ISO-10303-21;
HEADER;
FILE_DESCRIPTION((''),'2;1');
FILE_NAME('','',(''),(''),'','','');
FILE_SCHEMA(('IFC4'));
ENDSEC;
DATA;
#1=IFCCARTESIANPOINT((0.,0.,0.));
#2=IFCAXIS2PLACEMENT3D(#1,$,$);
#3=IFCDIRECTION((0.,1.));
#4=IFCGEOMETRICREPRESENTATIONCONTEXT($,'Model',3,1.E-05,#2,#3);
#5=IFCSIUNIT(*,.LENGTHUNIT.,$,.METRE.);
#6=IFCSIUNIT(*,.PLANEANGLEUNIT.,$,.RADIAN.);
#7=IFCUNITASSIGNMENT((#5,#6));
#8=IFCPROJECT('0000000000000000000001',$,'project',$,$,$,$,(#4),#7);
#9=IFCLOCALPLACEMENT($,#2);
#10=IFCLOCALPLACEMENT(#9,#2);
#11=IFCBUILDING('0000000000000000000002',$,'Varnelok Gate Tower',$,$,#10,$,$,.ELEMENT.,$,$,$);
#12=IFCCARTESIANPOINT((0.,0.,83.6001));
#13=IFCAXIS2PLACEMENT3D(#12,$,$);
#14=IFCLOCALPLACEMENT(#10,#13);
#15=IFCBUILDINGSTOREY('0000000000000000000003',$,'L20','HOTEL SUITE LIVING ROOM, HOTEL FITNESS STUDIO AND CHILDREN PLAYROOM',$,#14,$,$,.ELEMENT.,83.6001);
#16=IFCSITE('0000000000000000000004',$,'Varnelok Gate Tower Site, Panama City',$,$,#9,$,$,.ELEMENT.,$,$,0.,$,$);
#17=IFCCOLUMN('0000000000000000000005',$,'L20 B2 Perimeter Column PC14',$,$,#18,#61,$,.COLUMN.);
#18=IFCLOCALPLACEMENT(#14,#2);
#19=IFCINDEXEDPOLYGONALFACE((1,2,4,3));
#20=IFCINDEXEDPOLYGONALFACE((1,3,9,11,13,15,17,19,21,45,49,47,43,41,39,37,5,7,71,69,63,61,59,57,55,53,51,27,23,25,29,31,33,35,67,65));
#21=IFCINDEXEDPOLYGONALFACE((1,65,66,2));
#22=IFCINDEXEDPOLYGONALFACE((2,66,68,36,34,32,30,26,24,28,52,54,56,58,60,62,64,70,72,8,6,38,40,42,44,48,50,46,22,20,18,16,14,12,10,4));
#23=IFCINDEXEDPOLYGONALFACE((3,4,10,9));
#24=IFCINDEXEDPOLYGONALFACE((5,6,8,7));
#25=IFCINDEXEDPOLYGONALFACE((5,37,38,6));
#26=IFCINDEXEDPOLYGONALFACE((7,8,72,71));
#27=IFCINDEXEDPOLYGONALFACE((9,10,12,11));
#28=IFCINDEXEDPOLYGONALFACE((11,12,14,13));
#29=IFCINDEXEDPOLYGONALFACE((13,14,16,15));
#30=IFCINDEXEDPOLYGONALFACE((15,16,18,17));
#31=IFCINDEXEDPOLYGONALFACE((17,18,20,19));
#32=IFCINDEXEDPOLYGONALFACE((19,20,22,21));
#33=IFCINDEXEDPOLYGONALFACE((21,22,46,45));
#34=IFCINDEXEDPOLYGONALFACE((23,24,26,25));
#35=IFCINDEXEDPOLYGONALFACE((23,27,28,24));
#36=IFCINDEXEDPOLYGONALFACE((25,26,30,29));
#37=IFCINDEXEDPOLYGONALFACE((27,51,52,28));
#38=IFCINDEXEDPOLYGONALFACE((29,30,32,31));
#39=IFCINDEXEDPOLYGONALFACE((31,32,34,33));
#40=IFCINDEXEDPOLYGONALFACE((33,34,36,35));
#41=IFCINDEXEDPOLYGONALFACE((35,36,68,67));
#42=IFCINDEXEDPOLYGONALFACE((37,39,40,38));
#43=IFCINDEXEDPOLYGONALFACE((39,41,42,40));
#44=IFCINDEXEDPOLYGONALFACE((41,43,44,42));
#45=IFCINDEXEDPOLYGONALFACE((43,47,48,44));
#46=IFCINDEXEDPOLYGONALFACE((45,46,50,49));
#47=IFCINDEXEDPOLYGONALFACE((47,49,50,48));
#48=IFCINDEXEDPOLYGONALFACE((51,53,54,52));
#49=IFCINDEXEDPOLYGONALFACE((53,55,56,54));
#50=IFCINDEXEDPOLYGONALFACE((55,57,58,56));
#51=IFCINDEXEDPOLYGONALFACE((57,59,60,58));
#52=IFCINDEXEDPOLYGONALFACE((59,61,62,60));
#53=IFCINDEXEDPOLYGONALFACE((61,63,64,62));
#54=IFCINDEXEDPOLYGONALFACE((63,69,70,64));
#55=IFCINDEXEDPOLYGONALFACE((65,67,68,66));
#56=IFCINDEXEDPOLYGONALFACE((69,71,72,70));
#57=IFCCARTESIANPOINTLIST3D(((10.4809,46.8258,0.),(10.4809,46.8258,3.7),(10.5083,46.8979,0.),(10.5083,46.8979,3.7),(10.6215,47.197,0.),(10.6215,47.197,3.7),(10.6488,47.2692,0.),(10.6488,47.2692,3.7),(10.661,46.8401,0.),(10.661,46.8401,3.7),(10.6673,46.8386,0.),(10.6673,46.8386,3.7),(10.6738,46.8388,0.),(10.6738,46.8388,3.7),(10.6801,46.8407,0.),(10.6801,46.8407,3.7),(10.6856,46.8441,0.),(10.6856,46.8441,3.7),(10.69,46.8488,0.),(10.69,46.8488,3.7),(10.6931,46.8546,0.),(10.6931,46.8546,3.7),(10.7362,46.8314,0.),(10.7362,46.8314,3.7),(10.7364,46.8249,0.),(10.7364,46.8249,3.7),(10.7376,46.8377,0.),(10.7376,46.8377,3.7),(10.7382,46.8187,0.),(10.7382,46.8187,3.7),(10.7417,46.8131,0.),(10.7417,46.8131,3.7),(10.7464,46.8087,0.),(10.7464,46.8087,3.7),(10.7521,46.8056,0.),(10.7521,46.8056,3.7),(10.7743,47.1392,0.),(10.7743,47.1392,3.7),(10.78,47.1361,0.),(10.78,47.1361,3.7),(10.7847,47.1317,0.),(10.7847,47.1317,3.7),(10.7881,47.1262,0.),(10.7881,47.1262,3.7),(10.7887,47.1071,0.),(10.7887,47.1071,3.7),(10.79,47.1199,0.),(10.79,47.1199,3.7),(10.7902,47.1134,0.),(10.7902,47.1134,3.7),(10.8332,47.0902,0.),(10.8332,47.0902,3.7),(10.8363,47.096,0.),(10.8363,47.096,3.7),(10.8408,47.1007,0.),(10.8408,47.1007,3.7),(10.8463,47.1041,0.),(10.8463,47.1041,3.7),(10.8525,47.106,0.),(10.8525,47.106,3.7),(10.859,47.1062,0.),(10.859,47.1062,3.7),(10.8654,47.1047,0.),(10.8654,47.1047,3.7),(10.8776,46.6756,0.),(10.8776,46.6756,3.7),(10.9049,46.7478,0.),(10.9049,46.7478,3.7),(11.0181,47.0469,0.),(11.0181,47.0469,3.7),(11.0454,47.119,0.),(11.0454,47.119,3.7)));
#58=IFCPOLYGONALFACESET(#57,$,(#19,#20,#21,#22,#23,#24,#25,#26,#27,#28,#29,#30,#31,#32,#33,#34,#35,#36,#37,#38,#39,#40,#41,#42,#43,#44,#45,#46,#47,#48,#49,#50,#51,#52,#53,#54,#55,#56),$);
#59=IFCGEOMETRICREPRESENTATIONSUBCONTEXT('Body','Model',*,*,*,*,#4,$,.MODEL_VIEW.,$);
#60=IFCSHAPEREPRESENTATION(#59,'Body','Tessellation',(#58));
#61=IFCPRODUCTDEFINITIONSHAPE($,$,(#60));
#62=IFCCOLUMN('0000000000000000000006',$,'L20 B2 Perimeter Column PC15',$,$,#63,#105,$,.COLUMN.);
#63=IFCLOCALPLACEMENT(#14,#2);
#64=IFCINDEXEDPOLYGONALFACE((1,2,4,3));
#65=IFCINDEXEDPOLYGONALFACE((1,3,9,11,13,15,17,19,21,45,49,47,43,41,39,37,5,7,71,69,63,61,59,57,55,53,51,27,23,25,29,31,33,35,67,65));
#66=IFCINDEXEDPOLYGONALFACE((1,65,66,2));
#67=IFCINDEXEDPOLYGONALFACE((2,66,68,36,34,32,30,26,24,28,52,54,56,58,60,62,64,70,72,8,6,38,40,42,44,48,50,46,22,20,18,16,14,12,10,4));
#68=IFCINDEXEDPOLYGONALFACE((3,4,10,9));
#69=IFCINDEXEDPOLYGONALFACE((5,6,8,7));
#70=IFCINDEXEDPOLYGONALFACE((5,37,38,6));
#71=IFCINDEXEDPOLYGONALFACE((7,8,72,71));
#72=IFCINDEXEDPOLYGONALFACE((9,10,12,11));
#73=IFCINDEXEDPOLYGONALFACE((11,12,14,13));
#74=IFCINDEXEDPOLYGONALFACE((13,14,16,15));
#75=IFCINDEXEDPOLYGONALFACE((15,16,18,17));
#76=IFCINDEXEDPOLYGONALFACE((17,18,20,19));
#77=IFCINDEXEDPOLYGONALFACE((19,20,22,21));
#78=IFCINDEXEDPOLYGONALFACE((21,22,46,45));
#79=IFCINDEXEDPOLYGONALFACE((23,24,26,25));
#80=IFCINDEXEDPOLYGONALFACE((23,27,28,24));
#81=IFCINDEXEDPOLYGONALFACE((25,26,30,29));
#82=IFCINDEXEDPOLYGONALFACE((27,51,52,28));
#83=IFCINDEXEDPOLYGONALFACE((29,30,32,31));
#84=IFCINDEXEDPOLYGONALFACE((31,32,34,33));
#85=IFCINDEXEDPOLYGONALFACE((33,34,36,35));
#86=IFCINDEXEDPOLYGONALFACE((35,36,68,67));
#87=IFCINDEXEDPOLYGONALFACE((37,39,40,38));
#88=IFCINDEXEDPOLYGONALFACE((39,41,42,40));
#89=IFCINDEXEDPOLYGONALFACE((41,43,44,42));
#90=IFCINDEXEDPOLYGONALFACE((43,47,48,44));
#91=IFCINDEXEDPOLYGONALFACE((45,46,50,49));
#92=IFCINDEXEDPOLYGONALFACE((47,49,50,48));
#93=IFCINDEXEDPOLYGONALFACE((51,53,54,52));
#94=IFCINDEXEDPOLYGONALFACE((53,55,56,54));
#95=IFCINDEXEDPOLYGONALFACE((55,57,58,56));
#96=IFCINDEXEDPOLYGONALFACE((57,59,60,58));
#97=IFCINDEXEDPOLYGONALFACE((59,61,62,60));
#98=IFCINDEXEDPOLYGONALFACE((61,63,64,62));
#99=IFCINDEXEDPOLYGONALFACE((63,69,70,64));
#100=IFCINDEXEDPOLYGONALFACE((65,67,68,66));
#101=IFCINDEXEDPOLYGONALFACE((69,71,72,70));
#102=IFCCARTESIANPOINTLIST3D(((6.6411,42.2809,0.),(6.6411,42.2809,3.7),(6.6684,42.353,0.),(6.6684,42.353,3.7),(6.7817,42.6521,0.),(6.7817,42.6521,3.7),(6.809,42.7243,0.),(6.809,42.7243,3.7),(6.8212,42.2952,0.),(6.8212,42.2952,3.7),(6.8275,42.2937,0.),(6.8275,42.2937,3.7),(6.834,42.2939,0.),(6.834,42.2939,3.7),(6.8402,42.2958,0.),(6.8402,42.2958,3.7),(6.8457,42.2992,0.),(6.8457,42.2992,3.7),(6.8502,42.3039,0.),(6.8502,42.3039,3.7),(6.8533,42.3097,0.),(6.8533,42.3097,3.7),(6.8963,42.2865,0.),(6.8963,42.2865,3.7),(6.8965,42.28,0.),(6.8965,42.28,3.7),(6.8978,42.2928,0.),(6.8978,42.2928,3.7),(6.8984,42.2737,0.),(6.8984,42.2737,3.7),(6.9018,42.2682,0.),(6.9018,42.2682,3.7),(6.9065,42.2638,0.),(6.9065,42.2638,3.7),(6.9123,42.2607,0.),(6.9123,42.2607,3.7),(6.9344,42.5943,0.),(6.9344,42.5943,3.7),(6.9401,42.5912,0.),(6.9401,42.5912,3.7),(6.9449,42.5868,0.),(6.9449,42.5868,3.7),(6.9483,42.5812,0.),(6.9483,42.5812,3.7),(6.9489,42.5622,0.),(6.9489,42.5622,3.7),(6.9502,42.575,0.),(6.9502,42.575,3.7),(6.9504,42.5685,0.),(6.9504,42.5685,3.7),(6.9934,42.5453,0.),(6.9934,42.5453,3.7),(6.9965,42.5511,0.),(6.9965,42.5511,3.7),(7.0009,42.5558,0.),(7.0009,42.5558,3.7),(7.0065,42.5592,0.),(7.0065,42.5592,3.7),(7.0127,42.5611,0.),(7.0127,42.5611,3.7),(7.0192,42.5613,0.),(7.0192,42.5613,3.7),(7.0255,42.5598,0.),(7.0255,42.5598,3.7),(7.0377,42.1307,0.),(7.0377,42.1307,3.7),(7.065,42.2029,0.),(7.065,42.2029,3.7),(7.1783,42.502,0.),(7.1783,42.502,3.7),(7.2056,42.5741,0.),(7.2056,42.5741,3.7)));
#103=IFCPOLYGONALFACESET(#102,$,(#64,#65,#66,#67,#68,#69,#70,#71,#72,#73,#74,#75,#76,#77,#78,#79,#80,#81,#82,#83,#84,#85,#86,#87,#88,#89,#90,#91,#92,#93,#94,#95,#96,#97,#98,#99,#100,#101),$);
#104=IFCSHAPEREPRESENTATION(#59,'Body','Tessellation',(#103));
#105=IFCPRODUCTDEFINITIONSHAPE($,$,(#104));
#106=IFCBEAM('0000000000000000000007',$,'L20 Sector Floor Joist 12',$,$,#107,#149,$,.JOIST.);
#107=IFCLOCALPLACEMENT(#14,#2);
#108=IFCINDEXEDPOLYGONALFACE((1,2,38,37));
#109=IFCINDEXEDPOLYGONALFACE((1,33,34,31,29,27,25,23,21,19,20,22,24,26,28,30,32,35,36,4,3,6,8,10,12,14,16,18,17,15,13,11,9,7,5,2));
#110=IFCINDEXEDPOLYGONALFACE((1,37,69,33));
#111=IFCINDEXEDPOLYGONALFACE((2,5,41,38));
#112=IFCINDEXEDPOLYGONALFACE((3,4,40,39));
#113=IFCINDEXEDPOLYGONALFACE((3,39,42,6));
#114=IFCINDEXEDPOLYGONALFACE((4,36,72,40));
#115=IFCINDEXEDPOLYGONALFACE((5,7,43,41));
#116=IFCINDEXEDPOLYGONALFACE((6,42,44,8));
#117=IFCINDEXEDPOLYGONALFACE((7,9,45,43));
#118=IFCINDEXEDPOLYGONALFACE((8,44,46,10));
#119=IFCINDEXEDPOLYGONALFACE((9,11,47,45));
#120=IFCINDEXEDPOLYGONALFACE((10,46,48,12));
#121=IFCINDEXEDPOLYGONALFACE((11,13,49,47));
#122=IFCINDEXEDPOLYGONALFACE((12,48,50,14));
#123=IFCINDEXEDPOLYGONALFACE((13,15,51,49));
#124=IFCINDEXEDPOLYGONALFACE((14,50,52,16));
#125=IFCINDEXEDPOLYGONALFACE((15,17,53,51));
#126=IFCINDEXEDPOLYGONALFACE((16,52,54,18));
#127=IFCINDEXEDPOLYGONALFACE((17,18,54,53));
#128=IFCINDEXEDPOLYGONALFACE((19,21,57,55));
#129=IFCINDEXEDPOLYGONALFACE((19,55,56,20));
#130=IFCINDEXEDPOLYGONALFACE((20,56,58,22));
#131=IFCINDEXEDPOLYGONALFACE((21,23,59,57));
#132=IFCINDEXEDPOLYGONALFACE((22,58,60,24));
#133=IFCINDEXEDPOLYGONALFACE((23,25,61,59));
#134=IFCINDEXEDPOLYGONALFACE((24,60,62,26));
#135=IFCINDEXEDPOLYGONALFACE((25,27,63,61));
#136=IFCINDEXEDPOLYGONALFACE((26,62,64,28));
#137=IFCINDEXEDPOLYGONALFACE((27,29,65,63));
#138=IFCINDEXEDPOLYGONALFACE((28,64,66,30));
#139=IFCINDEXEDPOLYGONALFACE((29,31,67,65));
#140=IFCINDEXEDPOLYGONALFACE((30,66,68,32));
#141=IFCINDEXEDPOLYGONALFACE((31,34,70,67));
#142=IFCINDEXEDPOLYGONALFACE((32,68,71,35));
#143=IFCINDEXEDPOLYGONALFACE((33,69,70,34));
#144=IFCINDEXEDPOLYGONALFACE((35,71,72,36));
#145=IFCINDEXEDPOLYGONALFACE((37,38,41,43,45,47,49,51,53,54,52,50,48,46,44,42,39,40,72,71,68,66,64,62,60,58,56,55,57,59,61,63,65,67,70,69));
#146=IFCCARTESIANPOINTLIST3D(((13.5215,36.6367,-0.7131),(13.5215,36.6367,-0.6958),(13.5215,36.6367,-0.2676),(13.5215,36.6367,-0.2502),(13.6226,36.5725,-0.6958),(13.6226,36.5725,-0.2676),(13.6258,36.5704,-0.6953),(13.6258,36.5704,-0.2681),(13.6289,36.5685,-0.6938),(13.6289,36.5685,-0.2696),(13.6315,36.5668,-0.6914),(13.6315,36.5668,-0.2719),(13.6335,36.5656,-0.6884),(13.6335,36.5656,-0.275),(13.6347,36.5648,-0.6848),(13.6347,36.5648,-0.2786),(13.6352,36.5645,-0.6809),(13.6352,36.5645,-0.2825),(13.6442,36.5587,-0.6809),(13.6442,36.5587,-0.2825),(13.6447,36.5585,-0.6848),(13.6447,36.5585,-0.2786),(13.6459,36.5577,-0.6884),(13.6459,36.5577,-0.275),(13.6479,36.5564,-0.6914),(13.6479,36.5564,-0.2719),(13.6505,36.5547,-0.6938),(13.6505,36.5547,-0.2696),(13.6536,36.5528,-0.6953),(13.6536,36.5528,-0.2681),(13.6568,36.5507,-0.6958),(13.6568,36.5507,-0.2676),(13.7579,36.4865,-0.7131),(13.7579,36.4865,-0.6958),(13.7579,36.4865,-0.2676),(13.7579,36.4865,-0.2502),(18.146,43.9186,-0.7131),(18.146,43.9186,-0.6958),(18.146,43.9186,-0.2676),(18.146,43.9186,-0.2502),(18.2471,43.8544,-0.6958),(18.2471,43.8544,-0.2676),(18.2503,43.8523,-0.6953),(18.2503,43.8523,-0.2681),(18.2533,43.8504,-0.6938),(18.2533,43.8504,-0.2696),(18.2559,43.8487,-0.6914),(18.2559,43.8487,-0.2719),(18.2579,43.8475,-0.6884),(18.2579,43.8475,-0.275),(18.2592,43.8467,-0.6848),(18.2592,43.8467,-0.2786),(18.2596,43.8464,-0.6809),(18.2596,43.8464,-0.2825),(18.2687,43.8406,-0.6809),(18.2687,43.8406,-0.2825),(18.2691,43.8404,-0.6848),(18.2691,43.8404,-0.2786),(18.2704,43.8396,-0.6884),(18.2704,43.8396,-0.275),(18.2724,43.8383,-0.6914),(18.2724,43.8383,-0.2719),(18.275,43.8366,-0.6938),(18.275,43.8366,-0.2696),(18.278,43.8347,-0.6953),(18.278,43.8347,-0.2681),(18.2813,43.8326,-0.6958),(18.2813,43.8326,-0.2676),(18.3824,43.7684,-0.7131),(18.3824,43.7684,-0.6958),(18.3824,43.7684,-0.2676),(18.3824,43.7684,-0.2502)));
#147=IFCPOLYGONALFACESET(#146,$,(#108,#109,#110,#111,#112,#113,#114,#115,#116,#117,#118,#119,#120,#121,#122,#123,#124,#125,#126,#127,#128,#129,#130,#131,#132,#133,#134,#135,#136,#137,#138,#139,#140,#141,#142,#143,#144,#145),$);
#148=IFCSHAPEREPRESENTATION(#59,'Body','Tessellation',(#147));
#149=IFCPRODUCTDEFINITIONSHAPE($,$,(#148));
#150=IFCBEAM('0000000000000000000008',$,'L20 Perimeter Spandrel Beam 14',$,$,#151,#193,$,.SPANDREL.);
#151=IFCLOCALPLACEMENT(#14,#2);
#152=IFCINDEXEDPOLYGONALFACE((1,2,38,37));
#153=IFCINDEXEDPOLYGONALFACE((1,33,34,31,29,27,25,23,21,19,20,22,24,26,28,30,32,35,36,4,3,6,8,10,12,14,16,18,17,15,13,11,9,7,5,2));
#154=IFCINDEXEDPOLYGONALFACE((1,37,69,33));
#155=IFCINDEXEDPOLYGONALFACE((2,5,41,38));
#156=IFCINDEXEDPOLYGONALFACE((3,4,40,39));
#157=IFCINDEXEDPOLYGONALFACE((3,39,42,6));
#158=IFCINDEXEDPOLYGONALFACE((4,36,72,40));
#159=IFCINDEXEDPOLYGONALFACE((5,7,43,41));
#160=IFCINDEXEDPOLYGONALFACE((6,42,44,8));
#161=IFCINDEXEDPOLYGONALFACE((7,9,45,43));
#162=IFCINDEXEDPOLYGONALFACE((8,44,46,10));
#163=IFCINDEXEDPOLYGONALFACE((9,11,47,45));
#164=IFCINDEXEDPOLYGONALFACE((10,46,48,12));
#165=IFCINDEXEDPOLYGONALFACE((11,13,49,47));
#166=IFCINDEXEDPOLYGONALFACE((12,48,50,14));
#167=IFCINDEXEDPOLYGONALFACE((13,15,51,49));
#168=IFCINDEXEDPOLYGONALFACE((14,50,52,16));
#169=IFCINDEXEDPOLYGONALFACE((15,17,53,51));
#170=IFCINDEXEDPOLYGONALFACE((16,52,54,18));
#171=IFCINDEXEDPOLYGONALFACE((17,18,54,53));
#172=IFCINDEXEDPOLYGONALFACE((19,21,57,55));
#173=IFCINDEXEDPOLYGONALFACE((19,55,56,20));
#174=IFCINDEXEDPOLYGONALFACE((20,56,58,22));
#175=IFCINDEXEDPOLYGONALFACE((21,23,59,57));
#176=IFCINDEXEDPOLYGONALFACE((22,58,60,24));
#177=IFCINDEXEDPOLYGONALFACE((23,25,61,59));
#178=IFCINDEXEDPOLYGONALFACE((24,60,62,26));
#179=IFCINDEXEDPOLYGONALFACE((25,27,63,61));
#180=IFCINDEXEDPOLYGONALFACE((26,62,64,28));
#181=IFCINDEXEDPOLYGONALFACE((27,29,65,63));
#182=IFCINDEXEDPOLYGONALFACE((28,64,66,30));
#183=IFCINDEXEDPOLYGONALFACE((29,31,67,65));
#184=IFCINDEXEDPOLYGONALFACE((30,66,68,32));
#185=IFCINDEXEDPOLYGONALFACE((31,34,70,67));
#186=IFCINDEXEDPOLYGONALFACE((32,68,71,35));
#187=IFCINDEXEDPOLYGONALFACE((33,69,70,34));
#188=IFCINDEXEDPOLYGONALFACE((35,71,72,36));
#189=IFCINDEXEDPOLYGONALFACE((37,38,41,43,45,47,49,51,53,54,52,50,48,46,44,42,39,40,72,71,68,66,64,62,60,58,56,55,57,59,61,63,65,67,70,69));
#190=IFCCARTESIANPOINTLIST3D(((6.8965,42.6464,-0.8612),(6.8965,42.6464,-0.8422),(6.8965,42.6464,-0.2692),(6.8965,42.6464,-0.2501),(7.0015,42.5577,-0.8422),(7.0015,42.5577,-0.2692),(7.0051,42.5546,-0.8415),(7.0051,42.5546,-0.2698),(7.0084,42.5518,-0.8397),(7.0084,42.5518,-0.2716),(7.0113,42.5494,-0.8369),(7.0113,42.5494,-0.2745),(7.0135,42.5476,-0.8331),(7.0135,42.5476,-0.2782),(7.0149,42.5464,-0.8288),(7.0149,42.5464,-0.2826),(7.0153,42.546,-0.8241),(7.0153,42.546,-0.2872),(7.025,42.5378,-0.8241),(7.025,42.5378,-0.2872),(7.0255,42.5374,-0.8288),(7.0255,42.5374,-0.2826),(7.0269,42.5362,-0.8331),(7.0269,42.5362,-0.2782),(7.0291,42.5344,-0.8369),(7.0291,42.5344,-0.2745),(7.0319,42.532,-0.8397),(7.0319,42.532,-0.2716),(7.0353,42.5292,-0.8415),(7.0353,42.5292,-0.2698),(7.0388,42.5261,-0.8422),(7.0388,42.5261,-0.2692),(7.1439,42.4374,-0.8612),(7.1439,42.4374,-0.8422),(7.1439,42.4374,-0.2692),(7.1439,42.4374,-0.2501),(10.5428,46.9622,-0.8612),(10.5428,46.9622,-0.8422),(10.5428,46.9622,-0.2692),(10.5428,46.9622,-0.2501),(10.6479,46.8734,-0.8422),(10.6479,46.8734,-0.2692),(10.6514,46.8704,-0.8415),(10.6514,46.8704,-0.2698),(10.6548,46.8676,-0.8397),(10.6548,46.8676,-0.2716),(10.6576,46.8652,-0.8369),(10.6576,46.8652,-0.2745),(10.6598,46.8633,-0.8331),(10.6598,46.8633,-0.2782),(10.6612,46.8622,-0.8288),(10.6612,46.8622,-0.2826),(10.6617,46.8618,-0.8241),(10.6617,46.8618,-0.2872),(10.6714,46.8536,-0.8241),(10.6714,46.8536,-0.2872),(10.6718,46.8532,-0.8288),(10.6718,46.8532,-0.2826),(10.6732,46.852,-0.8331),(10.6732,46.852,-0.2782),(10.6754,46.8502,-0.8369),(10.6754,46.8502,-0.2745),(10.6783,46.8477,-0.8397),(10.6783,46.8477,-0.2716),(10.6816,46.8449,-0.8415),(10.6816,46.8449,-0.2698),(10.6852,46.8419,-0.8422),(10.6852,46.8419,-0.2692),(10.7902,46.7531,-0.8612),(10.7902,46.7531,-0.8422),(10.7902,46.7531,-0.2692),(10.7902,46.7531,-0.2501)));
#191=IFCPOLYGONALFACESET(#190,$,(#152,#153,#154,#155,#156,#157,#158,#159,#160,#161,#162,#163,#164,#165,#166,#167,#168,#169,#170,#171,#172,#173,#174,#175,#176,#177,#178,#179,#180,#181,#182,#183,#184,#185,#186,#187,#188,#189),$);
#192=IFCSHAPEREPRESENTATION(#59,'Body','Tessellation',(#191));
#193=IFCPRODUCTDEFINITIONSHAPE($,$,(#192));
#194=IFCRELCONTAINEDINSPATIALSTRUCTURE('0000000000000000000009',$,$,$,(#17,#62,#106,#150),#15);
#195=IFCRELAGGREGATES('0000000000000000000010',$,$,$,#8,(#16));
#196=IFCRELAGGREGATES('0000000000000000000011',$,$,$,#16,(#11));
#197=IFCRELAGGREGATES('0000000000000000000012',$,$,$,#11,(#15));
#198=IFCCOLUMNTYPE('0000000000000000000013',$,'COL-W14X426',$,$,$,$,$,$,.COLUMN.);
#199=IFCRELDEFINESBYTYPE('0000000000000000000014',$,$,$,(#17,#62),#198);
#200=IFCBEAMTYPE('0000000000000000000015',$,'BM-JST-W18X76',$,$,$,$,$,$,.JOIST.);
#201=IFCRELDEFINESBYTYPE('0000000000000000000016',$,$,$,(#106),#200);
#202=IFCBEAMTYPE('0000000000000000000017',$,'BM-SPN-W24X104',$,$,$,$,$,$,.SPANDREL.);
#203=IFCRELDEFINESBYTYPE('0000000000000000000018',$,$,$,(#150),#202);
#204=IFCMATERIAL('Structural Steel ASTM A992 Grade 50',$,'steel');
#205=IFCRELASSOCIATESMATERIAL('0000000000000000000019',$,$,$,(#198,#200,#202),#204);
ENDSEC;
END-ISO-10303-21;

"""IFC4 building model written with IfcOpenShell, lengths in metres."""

from ifc_helpers import new_model, si_unit, direction, frame, origin, origin_2d, place, context, subcontext, project, spatial, i_section, extrude, material, material_profile, profile_set, type_object, element, save


model = new_model("IFC4")

# Units and contexts
model_context = context("Model", 3, precision=1e-05, world=origin(), true_north=direction((0.0, 1.0)))
body_context = subcontext(model_context, "Body", "Model", "MODEL_VIEW")
ifc_project = project(units=[si_unit("LENGTHUNIT", "METRE"), si_unit("PLANEANGLEUNIT", "RADIAN")], contexts=[model_context])

# Site, building, storey
site_placement = place(None, origin())
site = spatial("IfcSite", under=ifc_project, at=site_placement, Name="Varnelok Gate Tower Site, Panama City", CompositionType="ELEMENT", RefElevation=0.0)
building_placement = place(site_placement, origin())
building = spatial("IfcBuilding", under=site, at=building_placement, Name="Varnelok Gate Tower", CompositionType="ELEMENT")
storey_placement = place(building_placement, frame((0.0, 0.0, 83.6001)))
storey = spatial("IfcBuildingStorey", under=building, at=storey_placement, Name="L20", Description="HOTEL SUITE LIVING ROOM, HOTEL FITNESS STUDIO AND CHILDREN PLAYROOM", CompositionType="ELEMENT", Elevation=83.6001)

# Columns
ifc_material_1 = material(Name="Structural Steel ASTM A992 Grade 50", Category="steel")
ifc_material_profile_1 = material_profile(ifc_material_1, i_section(OverallWidth=0.4241, OverallDepth=0.4741, WebThickness=0.0476, FlangeThickness=0.0771, FilletRadius=0.0249, at=origin_2d()), Name="W14X426")
ifc_profile_set_1 = profile_set([ifc_material_profile_1], Name="Structural Steel ASTM A992 Grade 50")
column_type = type_object("IfcColumnType", Name="COL-W14X426", PredefinedType="COLUMN", material=ifc_profile_set_1)
for number, where, z_axis, x_axis, name in (
    (1, (10.7632, 46.9724, 0.0), (0.0, 0.0, 1.0), (0.935222, -0.354063, 0.0), "L20 B2 Perimeter Column PC14"),
    (2, (6.9233, 42.4275, 0.0), (0.0, 0.0, 1.0), (0.935222, -0.354063, 0.0), "L20 B2 Perimeter Column PC15"),
):
    element("IfcColumn", number, at=place(storey_placement, frame(where, z_axis=z_axis, x_axis=x_axis)), inside=storey, type_object=column_type, Name=name, PredefinedType="COLUMN", context=body_context, shape_type="SweptSolid", body=[
        extrude(i_section(OverallWidth=0.4241, OverallDepth=0.4741, WebThickness=0.0476, FlangeThickness=0.0771, FilletRadius=0.0249, at=origin_2d()), origin(), (0.0, 0.0, 1.0), 3.7),
    ])

# Beams
ifc_material_profile_2 = material_profile(ifc_material_1, i_section(OverallWidth=0.28, OverallDepth=0.4629, WebThickness=0.0107, FlangeThickness=0.0173, FilletRadius=0.0149, at=origin_2d()), Name="W18X76")
ifc_profile_set_2 = profile_set([ifc_material_profile_2], Name="Structural Steel ASTM A992 Grade 50")
beam_type_1 = type_object("IfcBeamType", Name="BM-JST-W18X76", PredefinedType="JOIST", material=ifc_profile_set_2)
beam_1_placement = place(storey_placement, frame((18.2642, 43.8435, -0.4817), z_axis=(-0.536093, -0.844159, 0.0), x_axis=(0.844159, -0.536093, 0.0)))
element("IfcBeam", 3, at=beam_1_placement, inside=storey, type_object=beam_type_1, Name="L20 Sector Floor Joist 12", PredefinedType="JOIST", context=body_context, shape_type="SweptSolid", body=[
    extrude(i_section(OverallWidth=0.28, OverallDepth=0.4629, WebThickness=0.0107, FlangeThickness=0.0173, FilletRadius=0.0149, at=origin_2d()), origin(), (0.0, 0.0, 1.0), 8.6262),
])
ifc_material_profile_3 = material_profile(ifc_material_1, i_section(OverallWidth=0.324, OverallDepth=0.6111, WebThickness=0.0127, FlangeThickness=0.019, FilletRadius=0.0181, at=origin_2d()), Name="W24X104")
ifc_profile_set_3 = profile_set([ifc_material_profile_3], Name="Structural Steel ASTM A992 Grade 50")
beam_type_2 = type_object("IfcBeamType", Name="BM-SPN-W24X104", PredefinedType="SPANDREL", material=ifc_profile_set_3)
beam_2_placement = place(storey_placement, frame((10.6665, 46.8577, -0.5557), z_axis=(-0.645376, -0.763865, 0.0), x_axis=(0.763865, -0.645376, 0.0)))
element("IfcBeam", 4, at=beam_2_placement, inside=storey, type_object=beam_type_2, Name="L20 Perimeter Spandrel Beam 14", PredefinedType="SPANDREL", context=body_context, shape_type="SweptSolid", body=[
    extrude(i_section(OverallWidth=0.324, OverallDepth=0.6111, WebThickness=0.0127, FlangeThickness=0.019, FilletRadius=0.0181, at=origin_2d()), origin(), (0.0, 0.0, 1.0), 5.6499),
])

save(model, "model.ifc")
